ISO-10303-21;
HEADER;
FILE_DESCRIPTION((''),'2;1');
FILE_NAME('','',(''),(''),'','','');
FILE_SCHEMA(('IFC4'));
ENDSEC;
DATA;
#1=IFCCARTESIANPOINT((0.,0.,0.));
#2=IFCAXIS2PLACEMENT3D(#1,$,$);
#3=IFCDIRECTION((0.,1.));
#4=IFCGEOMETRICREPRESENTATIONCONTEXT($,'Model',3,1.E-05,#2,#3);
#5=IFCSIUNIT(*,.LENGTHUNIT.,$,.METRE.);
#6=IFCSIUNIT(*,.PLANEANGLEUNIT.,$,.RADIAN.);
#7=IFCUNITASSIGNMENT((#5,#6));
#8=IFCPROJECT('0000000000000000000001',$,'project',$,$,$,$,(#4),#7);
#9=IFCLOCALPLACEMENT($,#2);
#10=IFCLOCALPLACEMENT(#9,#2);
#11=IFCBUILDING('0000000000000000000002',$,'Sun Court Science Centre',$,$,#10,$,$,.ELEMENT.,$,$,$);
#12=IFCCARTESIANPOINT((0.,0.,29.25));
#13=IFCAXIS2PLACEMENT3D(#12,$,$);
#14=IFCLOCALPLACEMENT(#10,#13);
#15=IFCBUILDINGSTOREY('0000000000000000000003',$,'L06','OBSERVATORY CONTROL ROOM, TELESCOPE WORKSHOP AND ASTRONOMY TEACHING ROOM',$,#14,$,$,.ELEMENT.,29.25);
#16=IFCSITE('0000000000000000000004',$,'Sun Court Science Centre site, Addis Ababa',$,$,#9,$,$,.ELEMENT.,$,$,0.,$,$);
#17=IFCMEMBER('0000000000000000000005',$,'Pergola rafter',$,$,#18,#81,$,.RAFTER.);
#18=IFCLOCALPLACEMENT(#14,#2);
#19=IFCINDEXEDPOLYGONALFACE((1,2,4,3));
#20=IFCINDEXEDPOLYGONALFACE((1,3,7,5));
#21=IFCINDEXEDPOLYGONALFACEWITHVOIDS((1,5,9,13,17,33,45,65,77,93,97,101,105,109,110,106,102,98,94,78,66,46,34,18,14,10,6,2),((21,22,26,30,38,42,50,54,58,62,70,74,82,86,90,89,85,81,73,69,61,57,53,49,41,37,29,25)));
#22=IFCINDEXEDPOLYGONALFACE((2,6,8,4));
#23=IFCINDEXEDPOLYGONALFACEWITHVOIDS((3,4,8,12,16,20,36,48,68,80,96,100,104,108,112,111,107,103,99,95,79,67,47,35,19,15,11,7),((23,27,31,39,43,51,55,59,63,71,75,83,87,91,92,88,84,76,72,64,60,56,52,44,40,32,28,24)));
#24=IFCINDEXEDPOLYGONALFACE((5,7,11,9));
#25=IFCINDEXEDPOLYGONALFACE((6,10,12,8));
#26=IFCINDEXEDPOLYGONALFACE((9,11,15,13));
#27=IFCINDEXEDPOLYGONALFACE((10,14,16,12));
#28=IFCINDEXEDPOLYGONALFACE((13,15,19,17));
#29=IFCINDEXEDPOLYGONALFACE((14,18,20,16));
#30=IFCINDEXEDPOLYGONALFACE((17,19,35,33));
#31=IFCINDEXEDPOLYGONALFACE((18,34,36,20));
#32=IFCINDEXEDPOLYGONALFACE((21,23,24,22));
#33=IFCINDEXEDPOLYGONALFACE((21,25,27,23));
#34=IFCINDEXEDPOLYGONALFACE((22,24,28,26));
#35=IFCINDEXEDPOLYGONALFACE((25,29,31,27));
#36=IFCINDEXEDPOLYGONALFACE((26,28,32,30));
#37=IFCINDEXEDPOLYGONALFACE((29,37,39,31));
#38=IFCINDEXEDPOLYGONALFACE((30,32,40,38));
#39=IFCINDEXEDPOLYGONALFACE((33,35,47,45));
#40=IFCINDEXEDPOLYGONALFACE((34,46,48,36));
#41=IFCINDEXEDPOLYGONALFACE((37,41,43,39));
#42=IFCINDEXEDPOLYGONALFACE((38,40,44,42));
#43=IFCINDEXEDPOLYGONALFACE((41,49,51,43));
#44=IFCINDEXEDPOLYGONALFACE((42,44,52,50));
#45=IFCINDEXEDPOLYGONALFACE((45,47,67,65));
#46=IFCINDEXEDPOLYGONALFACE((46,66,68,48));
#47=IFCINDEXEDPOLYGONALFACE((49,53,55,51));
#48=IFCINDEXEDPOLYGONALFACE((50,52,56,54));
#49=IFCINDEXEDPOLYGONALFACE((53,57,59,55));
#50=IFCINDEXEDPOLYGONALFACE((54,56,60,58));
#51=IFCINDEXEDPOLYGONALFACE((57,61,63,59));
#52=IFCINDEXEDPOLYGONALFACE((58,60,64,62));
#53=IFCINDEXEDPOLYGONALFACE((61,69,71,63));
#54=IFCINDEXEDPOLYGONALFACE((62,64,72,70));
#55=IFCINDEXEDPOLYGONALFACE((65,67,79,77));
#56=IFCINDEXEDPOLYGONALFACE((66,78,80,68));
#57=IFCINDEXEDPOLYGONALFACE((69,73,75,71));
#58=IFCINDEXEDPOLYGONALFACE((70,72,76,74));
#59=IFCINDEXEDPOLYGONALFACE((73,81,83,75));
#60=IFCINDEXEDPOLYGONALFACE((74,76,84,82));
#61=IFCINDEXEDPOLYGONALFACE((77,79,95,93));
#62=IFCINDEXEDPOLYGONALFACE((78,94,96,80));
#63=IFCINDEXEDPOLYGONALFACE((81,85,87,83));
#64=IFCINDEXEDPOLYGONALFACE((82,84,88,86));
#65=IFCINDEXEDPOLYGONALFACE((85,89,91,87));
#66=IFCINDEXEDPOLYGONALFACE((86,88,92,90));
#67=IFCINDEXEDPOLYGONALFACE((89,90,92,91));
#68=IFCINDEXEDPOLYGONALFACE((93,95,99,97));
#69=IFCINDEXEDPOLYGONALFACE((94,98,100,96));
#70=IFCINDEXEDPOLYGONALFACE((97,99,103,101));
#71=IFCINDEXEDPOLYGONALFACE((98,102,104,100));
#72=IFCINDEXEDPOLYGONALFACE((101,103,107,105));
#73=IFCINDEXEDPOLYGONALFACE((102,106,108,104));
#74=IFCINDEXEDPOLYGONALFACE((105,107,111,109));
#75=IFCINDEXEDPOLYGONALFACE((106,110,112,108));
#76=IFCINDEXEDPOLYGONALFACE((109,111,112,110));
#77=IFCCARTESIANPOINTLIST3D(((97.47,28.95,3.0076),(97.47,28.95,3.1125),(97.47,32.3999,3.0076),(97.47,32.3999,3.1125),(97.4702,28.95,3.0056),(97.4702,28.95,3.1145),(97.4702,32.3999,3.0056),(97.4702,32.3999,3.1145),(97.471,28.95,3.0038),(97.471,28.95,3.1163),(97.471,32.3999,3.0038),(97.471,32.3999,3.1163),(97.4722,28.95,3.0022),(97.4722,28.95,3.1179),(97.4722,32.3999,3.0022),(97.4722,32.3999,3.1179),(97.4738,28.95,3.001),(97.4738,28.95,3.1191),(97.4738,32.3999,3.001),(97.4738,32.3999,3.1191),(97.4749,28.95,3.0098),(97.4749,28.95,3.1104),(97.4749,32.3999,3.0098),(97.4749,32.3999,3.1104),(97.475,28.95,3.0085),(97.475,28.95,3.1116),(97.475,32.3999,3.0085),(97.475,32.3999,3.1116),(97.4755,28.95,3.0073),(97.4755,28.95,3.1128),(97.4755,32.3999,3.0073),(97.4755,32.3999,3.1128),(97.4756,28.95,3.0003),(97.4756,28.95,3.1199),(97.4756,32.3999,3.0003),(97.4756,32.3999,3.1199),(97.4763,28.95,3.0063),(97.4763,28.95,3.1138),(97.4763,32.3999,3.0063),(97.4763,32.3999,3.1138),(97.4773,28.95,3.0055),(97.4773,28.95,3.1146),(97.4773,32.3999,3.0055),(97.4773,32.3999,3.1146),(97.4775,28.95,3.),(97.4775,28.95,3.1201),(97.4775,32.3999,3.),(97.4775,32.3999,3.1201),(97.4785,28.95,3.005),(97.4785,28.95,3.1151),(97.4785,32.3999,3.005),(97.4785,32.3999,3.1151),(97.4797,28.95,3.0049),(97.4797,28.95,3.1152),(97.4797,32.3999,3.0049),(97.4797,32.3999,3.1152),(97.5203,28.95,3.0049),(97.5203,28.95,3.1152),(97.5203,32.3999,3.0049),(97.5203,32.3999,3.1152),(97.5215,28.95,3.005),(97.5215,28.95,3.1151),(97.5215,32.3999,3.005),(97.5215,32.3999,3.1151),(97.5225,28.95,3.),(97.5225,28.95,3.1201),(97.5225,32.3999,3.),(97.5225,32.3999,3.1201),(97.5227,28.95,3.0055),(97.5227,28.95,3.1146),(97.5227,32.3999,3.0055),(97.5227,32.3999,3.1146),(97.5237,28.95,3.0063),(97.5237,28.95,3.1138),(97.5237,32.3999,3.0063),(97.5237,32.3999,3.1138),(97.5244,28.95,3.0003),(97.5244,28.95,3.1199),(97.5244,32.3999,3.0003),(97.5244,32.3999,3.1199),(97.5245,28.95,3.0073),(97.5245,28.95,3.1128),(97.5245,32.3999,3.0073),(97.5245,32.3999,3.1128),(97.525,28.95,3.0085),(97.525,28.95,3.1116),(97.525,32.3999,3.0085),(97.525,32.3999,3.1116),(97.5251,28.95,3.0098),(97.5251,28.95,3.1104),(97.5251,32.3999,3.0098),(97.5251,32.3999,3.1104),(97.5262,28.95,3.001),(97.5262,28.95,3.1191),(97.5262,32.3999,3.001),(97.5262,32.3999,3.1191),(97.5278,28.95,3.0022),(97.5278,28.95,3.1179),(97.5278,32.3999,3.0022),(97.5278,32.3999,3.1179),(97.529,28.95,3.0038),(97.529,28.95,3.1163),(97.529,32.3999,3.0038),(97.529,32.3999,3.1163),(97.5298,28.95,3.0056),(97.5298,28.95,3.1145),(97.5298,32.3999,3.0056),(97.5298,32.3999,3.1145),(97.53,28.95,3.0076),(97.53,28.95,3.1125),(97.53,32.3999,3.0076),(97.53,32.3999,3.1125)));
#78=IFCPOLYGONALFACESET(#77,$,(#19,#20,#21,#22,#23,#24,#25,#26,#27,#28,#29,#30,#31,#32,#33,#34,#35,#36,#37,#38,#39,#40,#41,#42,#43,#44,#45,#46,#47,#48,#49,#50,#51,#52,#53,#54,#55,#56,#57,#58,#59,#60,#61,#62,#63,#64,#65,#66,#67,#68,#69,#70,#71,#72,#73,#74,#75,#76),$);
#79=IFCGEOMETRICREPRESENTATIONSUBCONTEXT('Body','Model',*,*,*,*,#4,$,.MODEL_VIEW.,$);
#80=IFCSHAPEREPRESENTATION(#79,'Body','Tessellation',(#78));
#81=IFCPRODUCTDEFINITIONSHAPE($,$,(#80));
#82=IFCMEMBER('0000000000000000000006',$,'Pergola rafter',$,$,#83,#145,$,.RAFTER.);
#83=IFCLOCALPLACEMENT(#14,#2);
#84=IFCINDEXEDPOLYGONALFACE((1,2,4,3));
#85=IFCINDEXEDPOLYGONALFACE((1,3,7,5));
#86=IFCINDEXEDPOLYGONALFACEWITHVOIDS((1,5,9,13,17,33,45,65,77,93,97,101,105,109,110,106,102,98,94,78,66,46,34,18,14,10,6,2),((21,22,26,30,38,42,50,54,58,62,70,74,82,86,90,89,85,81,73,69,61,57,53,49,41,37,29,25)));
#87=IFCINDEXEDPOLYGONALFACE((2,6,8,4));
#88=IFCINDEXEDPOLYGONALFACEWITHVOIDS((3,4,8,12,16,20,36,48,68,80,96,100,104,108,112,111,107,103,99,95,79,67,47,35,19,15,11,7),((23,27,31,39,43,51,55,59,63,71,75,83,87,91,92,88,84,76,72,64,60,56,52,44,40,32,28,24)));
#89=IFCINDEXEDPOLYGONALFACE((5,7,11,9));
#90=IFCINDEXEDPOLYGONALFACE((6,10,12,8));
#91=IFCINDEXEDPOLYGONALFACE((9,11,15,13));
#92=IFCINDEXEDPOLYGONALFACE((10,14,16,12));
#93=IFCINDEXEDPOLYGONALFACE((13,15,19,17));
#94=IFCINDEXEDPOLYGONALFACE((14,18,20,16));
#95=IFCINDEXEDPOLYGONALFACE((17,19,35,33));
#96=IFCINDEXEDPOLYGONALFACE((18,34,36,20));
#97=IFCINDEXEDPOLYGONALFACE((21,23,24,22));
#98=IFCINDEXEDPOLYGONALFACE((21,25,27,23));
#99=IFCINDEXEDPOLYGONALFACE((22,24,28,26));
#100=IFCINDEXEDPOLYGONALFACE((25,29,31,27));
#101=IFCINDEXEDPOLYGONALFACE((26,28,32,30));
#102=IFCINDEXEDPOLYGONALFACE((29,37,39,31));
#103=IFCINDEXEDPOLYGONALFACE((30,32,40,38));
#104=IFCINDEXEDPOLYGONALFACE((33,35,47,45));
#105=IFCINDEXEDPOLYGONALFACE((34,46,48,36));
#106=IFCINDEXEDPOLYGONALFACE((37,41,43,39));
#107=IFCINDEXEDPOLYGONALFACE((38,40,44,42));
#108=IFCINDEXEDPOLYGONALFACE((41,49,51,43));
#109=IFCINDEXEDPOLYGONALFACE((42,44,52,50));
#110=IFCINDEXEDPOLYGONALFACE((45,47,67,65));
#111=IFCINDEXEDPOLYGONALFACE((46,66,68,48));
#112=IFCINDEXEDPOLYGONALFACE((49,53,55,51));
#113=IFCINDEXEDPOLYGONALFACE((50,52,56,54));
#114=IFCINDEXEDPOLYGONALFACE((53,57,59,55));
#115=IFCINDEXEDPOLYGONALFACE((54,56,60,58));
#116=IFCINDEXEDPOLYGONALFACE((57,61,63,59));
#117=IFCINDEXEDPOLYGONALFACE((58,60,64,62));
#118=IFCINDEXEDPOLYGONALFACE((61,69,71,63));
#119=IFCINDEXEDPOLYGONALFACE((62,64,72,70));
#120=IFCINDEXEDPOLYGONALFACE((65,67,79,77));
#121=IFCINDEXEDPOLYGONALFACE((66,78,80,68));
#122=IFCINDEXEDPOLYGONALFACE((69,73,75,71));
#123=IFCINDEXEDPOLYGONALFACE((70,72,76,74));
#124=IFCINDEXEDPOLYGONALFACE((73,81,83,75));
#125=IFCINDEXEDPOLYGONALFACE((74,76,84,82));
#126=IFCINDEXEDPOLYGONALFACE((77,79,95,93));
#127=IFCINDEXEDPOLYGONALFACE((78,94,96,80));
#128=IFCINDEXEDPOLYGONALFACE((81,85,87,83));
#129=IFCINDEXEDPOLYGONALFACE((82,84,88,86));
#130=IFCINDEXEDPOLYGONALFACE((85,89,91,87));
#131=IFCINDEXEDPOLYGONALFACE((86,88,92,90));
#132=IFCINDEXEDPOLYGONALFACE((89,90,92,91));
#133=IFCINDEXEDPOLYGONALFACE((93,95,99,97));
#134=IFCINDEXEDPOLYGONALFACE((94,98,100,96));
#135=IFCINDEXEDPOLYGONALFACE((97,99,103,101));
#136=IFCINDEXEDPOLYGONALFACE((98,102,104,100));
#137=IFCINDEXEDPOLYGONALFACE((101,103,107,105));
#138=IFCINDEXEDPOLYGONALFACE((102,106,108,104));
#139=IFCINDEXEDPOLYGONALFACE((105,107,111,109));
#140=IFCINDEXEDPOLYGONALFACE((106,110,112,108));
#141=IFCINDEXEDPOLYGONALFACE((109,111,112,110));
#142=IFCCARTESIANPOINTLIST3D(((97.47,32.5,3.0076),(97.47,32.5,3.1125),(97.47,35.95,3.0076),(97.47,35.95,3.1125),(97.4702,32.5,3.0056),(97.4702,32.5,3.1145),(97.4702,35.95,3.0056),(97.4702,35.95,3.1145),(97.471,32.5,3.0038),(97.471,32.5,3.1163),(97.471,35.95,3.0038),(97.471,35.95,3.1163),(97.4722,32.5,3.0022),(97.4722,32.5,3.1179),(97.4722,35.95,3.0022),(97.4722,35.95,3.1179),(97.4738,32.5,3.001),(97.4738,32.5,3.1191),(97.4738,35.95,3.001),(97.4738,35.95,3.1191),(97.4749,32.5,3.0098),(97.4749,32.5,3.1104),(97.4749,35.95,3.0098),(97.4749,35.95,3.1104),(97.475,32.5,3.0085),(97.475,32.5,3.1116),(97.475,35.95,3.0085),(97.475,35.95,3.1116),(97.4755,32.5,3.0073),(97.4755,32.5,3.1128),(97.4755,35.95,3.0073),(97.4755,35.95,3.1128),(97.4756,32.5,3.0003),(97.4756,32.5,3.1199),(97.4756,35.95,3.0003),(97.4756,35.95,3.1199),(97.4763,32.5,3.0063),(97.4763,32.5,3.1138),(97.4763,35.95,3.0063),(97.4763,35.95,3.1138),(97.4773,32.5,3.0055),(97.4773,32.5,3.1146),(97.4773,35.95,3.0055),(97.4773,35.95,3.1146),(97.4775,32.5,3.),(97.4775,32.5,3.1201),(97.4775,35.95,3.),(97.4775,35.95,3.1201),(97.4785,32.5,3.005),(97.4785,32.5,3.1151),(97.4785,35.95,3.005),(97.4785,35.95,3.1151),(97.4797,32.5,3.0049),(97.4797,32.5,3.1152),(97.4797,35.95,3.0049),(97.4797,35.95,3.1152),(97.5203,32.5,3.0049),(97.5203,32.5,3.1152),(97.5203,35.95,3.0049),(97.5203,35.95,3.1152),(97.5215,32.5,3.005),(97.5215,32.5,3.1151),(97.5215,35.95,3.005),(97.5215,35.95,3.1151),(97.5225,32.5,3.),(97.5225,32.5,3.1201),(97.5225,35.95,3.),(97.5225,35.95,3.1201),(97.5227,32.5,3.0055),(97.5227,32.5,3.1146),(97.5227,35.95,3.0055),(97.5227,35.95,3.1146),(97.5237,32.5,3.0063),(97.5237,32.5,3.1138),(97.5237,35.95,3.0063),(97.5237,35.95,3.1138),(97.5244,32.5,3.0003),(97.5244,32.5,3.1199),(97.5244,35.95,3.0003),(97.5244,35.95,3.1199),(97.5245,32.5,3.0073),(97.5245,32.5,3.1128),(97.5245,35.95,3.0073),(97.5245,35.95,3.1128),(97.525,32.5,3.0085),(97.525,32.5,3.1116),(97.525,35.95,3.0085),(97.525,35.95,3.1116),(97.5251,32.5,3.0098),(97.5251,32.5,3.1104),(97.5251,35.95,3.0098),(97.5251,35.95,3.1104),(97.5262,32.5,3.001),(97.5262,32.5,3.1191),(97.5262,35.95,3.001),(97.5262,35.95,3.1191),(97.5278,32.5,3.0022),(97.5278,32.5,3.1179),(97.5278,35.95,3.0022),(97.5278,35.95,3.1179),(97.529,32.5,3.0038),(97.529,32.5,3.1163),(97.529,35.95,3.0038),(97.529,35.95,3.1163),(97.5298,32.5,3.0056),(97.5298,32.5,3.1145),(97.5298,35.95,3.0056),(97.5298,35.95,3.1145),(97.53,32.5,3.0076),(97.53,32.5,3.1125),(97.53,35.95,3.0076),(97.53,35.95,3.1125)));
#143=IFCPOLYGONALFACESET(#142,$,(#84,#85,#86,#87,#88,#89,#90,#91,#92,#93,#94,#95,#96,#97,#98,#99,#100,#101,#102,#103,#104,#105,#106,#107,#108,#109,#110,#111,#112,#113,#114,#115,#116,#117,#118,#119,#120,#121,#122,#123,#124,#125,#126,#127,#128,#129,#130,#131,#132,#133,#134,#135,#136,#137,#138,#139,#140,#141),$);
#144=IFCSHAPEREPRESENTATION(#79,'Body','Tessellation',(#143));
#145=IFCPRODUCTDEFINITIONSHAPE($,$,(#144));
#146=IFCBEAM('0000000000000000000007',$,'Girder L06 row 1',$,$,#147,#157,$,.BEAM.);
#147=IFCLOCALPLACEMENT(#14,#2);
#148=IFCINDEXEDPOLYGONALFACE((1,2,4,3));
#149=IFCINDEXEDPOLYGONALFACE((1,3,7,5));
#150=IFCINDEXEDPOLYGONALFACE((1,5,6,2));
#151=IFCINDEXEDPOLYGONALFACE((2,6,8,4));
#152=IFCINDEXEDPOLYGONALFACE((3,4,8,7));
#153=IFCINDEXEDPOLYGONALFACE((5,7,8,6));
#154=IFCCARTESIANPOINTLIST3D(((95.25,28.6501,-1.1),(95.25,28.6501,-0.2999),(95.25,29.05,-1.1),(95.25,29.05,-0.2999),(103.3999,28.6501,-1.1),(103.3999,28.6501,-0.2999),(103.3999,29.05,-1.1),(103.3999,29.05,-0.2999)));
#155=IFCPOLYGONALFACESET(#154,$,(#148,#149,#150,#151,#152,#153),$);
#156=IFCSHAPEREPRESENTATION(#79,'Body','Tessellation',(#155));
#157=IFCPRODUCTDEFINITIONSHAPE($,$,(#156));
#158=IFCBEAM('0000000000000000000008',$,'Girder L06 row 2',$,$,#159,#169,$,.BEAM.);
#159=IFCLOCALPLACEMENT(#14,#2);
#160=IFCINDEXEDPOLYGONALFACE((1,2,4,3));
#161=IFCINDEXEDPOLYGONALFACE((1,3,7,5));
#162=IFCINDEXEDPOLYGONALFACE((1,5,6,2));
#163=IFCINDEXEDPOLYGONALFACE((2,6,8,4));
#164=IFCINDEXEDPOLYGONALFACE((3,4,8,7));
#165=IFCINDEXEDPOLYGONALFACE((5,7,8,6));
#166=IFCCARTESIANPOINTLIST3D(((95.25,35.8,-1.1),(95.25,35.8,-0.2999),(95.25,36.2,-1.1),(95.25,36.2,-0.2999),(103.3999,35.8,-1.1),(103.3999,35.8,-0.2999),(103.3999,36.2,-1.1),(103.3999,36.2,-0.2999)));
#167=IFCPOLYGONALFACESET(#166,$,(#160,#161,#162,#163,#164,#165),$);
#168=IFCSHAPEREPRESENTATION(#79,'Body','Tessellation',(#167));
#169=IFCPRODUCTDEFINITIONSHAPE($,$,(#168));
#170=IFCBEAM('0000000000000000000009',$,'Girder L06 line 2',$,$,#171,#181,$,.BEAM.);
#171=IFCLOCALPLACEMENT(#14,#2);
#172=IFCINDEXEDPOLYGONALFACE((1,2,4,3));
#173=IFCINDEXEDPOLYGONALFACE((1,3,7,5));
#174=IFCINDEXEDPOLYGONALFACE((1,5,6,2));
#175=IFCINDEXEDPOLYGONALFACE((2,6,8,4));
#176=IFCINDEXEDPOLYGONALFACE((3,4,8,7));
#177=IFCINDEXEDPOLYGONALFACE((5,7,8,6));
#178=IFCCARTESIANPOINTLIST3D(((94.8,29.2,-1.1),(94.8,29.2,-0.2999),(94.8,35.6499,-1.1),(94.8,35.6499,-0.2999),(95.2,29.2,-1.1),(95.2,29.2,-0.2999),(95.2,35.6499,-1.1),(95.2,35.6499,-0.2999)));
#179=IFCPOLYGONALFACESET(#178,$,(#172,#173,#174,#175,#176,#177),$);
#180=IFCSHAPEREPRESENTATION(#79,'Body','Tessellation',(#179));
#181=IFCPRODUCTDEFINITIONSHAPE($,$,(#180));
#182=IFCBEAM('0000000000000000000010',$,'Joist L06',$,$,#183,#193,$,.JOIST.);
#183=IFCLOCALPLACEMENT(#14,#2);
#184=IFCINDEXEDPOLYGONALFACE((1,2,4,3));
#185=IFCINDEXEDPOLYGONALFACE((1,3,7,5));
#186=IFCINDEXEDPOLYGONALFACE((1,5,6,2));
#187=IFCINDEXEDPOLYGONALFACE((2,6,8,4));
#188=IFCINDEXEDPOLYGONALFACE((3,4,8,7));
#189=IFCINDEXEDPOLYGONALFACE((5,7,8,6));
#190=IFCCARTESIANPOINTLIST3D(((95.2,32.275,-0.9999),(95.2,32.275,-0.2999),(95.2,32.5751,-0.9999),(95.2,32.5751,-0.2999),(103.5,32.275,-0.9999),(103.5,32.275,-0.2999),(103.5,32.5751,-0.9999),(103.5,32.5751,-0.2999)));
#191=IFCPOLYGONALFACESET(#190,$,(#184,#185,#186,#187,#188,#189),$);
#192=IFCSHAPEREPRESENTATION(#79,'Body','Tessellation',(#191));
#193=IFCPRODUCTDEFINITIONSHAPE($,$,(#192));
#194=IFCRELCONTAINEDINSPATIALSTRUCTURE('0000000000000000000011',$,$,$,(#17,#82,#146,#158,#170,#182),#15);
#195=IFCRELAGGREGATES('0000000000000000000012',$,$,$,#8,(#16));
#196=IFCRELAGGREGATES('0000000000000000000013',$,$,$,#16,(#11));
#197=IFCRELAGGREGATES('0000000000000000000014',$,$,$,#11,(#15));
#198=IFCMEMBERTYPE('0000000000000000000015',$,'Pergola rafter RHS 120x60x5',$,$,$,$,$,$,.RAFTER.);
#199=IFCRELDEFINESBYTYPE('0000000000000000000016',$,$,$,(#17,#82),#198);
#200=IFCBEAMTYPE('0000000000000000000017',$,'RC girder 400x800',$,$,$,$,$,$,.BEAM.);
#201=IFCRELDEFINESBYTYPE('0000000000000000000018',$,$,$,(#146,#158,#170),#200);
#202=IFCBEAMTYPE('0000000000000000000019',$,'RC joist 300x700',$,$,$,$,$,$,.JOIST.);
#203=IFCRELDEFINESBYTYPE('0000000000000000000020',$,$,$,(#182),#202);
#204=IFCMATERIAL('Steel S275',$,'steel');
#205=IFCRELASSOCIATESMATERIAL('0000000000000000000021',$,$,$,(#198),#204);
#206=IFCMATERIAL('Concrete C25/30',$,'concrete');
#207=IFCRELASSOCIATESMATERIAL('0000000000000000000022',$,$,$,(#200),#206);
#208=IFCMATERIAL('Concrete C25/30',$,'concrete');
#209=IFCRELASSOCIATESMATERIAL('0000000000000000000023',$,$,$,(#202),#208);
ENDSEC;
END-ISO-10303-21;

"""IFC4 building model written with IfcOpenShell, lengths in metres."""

from ifc_helpers import new_model, si_unit, direction, frame, origin, origin_2d, place, context, subcontext, project, spatial, rectangle, hollow_rectangle, extrude, material, material_profile, profile_set, type_object, element, save


model = new_model("IFC4")

# Units and contexts
model_context = context("Model", 3, precision=1e-05, world=origin(), true_north=direction((0.0, 1.0)))
body_context = subcontext(model_context, "Body", "Model", "MODEL_VIEW")
ifc_project = project(units=[si_unit("LENGTHUNIT", "METRE"), si_unit("PLANEANGLEUNIT", "RADIAN")], contexts=[model_context])

# Site, building, storey
site_placement = place(None, origin())
site = spatial("IfcSite", under=ifc_project, at=site_placement, Name="Sun Court Science Centre site, Addis Ababa", CompositionType="ELEMENT", RefElevation=0.0)
building_placement = place(site_placement, origin())
building = spatial("IfcBuilding", under=site, at=building_placement, Name="Sun Court Science Centre", CompositionType="ELEMENT")
storey_placement = place(building_placement, frame((0.0, 0.0, 29.25)))
storey = spatial("IfcBuildingStorey", under=building, at=storey_placement, Name="L06", Description="OBSERVATORY CONTROL ROOM, TELESCOPE WORKSHOP AND ASTRONOMY TEACHING ROOM", CompositionType="ELEMENT", Elevation=29.25)

# Members
ifc_material_1 = material(Name="Steel S275", Category="steel")
ifc_material_profile_1 = material_profile(ifc_material_1, hollow_rectangle(XDim=0.0601, YDim=0.1201, WallThickness=0.0049, InnerFilletRadius=0.0049, OuterFilletRadius=0.0076, at=origin_2d()), Name="RHS 120x60x5")
ifc_profile_set_1 = profile_set([ifc_material_profile_1], Name="Steel S275")
member_type_1 = type_object("IfcMemberType", Name="Pergola rafter RHS 120x60x5", PredefinedType="RAFTER", material=ifc_profile_set_1)
for number, where, z_axis, x_axis, name in (
    (1, (97.5, 28.95, 3.0601), (0.0, 1.0, 0.0), (-1.0, 0.0, 0.0), "Pergola rafter"),
    (2, (97.5, 32.5, 3.0601), (0.0, 1.0, 0.0), (-1.0, 0.0, 0.0), "Pergola rafter"),
):
    element("IfcMember", number, at=place(storey_placement, frame(where, z_axis=z_axis, x_axis=x_axis)), inside=storey, type_object=member_type_1, Name=name, PredefinedType="RAFTER", context=body_context, shape_type="SweptSolid", body=[
        extrude(hollow_rectangle(XDim=0.0601, YDim=0.1201, WallThickness=0.0049, InnerFilletRadius=0.0049, OuterFilletRadius=0.0076, at=origin_2d()), origin(), (0.0, 0.0, 1.0), 3.45),
    ])

# Beams
ifc_material_2 = material(Name="Concrete C25/30", Category="concrete")
ifc_material_profile_2 = material_profile(ifc_material_2, rectangle(XDim=0.3999, YDim=0.8, at=origin_2d()), Name="RC 400x800")
ifc_profile_set_2 = profile_set([ifc_material_profile_2], Name="Concrete C25/30")
beam_type_1 = type_object("IfcBeamType", Name="RC girder 400x800", PredefinedType="BEAM", material=ifc_profile_set_2)
for number, where, z_axis, x_axis, name in (
    (3, (95.25, 28.8501, -0.7), (1.0, 0.0, 0.0), (0.0, 1.0, 0.0), "Girder L06 row 1"),
    (4, (95.25, 36.0, -0.7), (1.0, 0.0, 0.0), (0.0, 1.0, 0.0), "Girder L06 row 2"),
):
    element("IfcBeam", number, at=place(storey_placement, frame(where, z_axis=z_axis, x_axis=x_axis)), inside=storey, type_object=beam_type_1, Name=name, PredefinedType="BEAM", context=body_context, shape_type="SweptSolid", body=[
        extrude(rectangle(XDim=0.3999, YDim=0.8, at=origin_2d()), origin(), (0.0, 0.0, 1.0), 8.1499),
    ])
beam_1_placement = place(storey_placement, frame((95.0, 29.2, -0.7), z_axis=(0.0, 1.0, 0.0), x_axis=(-1.0, 0.0, 0.0)))
element("IfcBeam", 5, at=beam_1_placement, inside=storey, type_object=beam_type_1, Name="Girder L06 line 2", PredefinedType="BEAM", context=body_context, shape_type="SweptSolid", body=[
    extrude(rectangle(XDim=0.3999, YDim=0.8, at=origin_2d()), origin(), (0.0, 0.0, 1.0), 6.45),
])
ifc_material_3 = material(Name="Concrete C25/30", Category="concrete")
ifc_material_profile_3 = material_profile(ifc_material_3, rectangle(XDim=0.3, YDim=0.7, at=origin_2d()), Name="RC 300x700")
ifc_profile_set_3 = profile_set([ifc_material_profile_3], Name="Concrete C25/30")
beam_type_2 = type_object("IfcBeamType", Name="RC joist 300x700", PredefinedType="JOIST", material=ifc_profile_set_3)
beam_2_placement = place(storey_placement, frame((95.2, 32.425, -0.6499), z_axis=(1.0, 0.0, 0.0), x_axis=(0.0, 1.0, 0.0)))
element("IfcBeam", 6, at=beam_2_placement, inside=storey, type_object=beam_type_2, Name="Joist L06", PredefinedType="JOIST", context=body_context, shape_type="SweptSolid", body=[
    extrude(rectangle(XDim=0.3, YDim=0.7, at=origin_2d()), origin(), (0.0, 0.0, 1.0), 8.3),
])

save(model, "model.ifc")
